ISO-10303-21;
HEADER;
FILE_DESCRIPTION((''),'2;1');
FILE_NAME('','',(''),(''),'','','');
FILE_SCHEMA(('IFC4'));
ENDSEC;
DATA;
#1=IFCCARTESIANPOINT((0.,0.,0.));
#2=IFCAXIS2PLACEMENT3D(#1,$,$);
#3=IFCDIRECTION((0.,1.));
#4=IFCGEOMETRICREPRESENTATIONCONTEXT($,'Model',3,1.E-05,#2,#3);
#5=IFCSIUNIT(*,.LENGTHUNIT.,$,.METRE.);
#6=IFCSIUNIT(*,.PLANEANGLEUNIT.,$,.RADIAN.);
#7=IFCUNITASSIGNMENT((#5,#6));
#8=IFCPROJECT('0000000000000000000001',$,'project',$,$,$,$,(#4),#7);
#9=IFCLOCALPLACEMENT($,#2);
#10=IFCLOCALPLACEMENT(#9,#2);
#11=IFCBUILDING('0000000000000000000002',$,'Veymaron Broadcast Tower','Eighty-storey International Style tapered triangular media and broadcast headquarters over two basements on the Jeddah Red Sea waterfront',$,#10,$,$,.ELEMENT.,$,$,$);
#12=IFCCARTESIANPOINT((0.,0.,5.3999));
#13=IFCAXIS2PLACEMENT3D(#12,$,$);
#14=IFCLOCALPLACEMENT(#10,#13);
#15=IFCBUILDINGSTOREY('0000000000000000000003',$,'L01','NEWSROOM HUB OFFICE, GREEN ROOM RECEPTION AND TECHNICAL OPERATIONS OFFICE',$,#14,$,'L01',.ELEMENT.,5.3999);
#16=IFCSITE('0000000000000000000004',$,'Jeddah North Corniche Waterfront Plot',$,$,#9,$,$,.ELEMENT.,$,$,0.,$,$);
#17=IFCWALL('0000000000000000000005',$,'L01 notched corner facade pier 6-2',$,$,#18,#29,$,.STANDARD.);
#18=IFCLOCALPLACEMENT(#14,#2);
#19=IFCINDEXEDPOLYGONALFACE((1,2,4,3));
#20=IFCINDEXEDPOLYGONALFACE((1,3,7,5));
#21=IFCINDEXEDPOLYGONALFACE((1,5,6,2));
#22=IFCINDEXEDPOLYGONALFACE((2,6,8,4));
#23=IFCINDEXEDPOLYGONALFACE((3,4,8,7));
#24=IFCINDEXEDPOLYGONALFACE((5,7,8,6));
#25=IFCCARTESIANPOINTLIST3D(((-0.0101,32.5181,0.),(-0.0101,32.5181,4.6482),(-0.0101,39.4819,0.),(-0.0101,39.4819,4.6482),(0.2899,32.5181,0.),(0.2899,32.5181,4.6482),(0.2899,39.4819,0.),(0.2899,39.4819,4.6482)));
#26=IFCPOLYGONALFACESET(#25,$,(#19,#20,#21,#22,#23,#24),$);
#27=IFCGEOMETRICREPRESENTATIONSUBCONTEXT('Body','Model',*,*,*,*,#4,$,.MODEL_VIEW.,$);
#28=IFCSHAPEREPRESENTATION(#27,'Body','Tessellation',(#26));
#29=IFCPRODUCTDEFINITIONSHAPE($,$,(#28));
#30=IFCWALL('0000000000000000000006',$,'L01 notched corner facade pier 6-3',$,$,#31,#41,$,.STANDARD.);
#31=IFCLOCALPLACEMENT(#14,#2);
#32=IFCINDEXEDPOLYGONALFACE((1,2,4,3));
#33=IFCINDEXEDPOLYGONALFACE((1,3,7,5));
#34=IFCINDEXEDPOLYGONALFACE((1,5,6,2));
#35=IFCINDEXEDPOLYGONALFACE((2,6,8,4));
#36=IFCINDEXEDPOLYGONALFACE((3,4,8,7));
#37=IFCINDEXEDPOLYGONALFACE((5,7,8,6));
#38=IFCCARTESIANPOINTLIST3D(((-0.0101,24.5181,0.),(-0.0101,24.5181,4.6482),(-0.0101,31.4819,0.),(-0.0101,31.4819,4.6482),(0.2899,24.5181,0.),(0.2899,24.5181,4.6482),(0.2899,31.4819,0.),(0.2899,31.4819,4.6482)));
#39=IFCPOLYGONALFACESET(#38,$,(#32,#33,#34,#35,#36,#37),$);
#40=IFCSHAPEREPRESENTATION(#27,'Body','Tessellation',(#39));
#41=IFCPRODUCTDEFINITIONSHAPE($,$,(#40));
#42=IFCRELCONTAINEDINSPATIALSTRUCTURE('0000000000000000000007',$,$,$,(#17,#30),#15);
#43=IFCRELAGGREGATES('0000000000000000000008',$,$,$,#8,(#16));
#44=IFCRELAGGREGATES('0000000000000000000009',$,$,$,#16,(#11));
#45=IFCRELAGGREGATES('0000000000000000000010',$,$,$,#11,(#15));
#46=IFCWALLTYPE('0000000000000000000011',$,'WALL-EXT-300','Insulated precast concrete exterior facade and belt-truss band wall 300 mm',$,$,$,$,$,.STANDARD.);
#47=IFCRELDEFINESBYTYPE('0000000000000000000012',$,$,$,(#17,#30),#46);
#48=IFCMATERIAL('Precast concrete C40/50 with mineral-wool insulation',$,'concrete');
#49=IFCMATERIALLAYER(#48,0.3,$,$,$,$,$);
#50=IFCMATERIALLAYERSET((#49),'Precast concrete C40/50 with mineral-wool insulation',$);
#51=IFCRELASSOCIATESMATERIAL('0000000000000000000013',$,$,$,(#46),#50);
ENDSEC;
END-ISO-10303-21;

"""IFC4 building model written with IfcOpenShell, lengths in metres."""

from ifc_helpers import new_model, si_unit, direction, frame, frame_2d, origin, place, context, subcontext, project, spatial, rectangle, extrude, material, layer, layer_set, type_object, element, save


model = new_model("IFC4")

# Units and contexts
model_context = context("Model", 3, precision=1e-05, world=origin(), true_north=direction((0.0, 1.0)))
body_context = subcontext(model_context, "Body", "Model", "MODEL_VIEW")
ifc_project = project(units=[si_unit("LENGTHUNIT", "METRE"), si_unit("PLANEANGLEUNIT", "RADIAN")], contexts=[model_context])

# Site, building, storey
site_placement = place(None, origin())
site = spatial("IfcSite", under=ifc_project, at=site_placement, Name="Jeddah North Corniche Waterfront Plot", CompositionType="ELEMENT", RefElevation=0.0)
building_placement = place(site_placement, origin())
building = spatial("IfcBuilding", under=site, at=building_placement, Name="Veymaron Broadcast Tower", Description="Eighty-storey International Style tapered triangular media and broadcast headquarters over two basements on the Jeddah Red Sea waterfront", CompositionType="ELEMENT")
storey_placement = place(building_placement, frame((0.0, 0.0, 5.3999)))
storey = spatial("IfcBuildingStorey", under=building, at=storey_placement, Name="L01", Description="NEWSROOM HUB OFFICE, GREEN ROOM RECEPTION AND TECHNICAL OPERATIONS OFFICE", LongName="L01", CompositionType="ELEMENT", Elevation=5.3999)

# Walls
ifc_material_1 = material(Name="Precast concrete C40/50 with mineral-wool insulation", Category="concrete")
ifc_layer = layer(ifc_material_1, 0.3)
ifc_layer_set = layer_set([ifc_layer], Name="Precast concrete C40/50 with mineral-wool insulation")
wall_type = type_object("IfcWallType", Name="WALL-EXT-300", Description="Insulated precast concrete exterior facade and belt-truss band wall 300 mm", PredefinedType="STANDARD", material=ifc_layer_set)
for number, where, z_axis, x_axis, name in (
    (1, (0.1399, 39.4819, 0.0), (0.0, 0.0, 1.0), (0.0, -1.0, 0.0), "L01 notched corner facade pier 6-2"),
    (2, (0.1399, 31.4819, 0.0), (0.0, 0.0, 1.0), (0.0, -1.0, 0.0), "L01 notched corner facade pier 6-3"),
):
    element("IfcWall", number, at=place(storey_placement, frame(where, z_axis=z_axis, x_axis=x_axis)), inside=storey, type_object=wall_type, Name=name, PredefinedType="STANDARD", context=body_context, shape_type="SweptSolid", body=[
        extrude(rectangle(XDim=6.9639, YDim=0.3, at=frame_2d((3.4819, 0.0))), origin(), (0.0, 0.0, 1.0), 4.6482),
    ])

save(model, "model.ifc")
